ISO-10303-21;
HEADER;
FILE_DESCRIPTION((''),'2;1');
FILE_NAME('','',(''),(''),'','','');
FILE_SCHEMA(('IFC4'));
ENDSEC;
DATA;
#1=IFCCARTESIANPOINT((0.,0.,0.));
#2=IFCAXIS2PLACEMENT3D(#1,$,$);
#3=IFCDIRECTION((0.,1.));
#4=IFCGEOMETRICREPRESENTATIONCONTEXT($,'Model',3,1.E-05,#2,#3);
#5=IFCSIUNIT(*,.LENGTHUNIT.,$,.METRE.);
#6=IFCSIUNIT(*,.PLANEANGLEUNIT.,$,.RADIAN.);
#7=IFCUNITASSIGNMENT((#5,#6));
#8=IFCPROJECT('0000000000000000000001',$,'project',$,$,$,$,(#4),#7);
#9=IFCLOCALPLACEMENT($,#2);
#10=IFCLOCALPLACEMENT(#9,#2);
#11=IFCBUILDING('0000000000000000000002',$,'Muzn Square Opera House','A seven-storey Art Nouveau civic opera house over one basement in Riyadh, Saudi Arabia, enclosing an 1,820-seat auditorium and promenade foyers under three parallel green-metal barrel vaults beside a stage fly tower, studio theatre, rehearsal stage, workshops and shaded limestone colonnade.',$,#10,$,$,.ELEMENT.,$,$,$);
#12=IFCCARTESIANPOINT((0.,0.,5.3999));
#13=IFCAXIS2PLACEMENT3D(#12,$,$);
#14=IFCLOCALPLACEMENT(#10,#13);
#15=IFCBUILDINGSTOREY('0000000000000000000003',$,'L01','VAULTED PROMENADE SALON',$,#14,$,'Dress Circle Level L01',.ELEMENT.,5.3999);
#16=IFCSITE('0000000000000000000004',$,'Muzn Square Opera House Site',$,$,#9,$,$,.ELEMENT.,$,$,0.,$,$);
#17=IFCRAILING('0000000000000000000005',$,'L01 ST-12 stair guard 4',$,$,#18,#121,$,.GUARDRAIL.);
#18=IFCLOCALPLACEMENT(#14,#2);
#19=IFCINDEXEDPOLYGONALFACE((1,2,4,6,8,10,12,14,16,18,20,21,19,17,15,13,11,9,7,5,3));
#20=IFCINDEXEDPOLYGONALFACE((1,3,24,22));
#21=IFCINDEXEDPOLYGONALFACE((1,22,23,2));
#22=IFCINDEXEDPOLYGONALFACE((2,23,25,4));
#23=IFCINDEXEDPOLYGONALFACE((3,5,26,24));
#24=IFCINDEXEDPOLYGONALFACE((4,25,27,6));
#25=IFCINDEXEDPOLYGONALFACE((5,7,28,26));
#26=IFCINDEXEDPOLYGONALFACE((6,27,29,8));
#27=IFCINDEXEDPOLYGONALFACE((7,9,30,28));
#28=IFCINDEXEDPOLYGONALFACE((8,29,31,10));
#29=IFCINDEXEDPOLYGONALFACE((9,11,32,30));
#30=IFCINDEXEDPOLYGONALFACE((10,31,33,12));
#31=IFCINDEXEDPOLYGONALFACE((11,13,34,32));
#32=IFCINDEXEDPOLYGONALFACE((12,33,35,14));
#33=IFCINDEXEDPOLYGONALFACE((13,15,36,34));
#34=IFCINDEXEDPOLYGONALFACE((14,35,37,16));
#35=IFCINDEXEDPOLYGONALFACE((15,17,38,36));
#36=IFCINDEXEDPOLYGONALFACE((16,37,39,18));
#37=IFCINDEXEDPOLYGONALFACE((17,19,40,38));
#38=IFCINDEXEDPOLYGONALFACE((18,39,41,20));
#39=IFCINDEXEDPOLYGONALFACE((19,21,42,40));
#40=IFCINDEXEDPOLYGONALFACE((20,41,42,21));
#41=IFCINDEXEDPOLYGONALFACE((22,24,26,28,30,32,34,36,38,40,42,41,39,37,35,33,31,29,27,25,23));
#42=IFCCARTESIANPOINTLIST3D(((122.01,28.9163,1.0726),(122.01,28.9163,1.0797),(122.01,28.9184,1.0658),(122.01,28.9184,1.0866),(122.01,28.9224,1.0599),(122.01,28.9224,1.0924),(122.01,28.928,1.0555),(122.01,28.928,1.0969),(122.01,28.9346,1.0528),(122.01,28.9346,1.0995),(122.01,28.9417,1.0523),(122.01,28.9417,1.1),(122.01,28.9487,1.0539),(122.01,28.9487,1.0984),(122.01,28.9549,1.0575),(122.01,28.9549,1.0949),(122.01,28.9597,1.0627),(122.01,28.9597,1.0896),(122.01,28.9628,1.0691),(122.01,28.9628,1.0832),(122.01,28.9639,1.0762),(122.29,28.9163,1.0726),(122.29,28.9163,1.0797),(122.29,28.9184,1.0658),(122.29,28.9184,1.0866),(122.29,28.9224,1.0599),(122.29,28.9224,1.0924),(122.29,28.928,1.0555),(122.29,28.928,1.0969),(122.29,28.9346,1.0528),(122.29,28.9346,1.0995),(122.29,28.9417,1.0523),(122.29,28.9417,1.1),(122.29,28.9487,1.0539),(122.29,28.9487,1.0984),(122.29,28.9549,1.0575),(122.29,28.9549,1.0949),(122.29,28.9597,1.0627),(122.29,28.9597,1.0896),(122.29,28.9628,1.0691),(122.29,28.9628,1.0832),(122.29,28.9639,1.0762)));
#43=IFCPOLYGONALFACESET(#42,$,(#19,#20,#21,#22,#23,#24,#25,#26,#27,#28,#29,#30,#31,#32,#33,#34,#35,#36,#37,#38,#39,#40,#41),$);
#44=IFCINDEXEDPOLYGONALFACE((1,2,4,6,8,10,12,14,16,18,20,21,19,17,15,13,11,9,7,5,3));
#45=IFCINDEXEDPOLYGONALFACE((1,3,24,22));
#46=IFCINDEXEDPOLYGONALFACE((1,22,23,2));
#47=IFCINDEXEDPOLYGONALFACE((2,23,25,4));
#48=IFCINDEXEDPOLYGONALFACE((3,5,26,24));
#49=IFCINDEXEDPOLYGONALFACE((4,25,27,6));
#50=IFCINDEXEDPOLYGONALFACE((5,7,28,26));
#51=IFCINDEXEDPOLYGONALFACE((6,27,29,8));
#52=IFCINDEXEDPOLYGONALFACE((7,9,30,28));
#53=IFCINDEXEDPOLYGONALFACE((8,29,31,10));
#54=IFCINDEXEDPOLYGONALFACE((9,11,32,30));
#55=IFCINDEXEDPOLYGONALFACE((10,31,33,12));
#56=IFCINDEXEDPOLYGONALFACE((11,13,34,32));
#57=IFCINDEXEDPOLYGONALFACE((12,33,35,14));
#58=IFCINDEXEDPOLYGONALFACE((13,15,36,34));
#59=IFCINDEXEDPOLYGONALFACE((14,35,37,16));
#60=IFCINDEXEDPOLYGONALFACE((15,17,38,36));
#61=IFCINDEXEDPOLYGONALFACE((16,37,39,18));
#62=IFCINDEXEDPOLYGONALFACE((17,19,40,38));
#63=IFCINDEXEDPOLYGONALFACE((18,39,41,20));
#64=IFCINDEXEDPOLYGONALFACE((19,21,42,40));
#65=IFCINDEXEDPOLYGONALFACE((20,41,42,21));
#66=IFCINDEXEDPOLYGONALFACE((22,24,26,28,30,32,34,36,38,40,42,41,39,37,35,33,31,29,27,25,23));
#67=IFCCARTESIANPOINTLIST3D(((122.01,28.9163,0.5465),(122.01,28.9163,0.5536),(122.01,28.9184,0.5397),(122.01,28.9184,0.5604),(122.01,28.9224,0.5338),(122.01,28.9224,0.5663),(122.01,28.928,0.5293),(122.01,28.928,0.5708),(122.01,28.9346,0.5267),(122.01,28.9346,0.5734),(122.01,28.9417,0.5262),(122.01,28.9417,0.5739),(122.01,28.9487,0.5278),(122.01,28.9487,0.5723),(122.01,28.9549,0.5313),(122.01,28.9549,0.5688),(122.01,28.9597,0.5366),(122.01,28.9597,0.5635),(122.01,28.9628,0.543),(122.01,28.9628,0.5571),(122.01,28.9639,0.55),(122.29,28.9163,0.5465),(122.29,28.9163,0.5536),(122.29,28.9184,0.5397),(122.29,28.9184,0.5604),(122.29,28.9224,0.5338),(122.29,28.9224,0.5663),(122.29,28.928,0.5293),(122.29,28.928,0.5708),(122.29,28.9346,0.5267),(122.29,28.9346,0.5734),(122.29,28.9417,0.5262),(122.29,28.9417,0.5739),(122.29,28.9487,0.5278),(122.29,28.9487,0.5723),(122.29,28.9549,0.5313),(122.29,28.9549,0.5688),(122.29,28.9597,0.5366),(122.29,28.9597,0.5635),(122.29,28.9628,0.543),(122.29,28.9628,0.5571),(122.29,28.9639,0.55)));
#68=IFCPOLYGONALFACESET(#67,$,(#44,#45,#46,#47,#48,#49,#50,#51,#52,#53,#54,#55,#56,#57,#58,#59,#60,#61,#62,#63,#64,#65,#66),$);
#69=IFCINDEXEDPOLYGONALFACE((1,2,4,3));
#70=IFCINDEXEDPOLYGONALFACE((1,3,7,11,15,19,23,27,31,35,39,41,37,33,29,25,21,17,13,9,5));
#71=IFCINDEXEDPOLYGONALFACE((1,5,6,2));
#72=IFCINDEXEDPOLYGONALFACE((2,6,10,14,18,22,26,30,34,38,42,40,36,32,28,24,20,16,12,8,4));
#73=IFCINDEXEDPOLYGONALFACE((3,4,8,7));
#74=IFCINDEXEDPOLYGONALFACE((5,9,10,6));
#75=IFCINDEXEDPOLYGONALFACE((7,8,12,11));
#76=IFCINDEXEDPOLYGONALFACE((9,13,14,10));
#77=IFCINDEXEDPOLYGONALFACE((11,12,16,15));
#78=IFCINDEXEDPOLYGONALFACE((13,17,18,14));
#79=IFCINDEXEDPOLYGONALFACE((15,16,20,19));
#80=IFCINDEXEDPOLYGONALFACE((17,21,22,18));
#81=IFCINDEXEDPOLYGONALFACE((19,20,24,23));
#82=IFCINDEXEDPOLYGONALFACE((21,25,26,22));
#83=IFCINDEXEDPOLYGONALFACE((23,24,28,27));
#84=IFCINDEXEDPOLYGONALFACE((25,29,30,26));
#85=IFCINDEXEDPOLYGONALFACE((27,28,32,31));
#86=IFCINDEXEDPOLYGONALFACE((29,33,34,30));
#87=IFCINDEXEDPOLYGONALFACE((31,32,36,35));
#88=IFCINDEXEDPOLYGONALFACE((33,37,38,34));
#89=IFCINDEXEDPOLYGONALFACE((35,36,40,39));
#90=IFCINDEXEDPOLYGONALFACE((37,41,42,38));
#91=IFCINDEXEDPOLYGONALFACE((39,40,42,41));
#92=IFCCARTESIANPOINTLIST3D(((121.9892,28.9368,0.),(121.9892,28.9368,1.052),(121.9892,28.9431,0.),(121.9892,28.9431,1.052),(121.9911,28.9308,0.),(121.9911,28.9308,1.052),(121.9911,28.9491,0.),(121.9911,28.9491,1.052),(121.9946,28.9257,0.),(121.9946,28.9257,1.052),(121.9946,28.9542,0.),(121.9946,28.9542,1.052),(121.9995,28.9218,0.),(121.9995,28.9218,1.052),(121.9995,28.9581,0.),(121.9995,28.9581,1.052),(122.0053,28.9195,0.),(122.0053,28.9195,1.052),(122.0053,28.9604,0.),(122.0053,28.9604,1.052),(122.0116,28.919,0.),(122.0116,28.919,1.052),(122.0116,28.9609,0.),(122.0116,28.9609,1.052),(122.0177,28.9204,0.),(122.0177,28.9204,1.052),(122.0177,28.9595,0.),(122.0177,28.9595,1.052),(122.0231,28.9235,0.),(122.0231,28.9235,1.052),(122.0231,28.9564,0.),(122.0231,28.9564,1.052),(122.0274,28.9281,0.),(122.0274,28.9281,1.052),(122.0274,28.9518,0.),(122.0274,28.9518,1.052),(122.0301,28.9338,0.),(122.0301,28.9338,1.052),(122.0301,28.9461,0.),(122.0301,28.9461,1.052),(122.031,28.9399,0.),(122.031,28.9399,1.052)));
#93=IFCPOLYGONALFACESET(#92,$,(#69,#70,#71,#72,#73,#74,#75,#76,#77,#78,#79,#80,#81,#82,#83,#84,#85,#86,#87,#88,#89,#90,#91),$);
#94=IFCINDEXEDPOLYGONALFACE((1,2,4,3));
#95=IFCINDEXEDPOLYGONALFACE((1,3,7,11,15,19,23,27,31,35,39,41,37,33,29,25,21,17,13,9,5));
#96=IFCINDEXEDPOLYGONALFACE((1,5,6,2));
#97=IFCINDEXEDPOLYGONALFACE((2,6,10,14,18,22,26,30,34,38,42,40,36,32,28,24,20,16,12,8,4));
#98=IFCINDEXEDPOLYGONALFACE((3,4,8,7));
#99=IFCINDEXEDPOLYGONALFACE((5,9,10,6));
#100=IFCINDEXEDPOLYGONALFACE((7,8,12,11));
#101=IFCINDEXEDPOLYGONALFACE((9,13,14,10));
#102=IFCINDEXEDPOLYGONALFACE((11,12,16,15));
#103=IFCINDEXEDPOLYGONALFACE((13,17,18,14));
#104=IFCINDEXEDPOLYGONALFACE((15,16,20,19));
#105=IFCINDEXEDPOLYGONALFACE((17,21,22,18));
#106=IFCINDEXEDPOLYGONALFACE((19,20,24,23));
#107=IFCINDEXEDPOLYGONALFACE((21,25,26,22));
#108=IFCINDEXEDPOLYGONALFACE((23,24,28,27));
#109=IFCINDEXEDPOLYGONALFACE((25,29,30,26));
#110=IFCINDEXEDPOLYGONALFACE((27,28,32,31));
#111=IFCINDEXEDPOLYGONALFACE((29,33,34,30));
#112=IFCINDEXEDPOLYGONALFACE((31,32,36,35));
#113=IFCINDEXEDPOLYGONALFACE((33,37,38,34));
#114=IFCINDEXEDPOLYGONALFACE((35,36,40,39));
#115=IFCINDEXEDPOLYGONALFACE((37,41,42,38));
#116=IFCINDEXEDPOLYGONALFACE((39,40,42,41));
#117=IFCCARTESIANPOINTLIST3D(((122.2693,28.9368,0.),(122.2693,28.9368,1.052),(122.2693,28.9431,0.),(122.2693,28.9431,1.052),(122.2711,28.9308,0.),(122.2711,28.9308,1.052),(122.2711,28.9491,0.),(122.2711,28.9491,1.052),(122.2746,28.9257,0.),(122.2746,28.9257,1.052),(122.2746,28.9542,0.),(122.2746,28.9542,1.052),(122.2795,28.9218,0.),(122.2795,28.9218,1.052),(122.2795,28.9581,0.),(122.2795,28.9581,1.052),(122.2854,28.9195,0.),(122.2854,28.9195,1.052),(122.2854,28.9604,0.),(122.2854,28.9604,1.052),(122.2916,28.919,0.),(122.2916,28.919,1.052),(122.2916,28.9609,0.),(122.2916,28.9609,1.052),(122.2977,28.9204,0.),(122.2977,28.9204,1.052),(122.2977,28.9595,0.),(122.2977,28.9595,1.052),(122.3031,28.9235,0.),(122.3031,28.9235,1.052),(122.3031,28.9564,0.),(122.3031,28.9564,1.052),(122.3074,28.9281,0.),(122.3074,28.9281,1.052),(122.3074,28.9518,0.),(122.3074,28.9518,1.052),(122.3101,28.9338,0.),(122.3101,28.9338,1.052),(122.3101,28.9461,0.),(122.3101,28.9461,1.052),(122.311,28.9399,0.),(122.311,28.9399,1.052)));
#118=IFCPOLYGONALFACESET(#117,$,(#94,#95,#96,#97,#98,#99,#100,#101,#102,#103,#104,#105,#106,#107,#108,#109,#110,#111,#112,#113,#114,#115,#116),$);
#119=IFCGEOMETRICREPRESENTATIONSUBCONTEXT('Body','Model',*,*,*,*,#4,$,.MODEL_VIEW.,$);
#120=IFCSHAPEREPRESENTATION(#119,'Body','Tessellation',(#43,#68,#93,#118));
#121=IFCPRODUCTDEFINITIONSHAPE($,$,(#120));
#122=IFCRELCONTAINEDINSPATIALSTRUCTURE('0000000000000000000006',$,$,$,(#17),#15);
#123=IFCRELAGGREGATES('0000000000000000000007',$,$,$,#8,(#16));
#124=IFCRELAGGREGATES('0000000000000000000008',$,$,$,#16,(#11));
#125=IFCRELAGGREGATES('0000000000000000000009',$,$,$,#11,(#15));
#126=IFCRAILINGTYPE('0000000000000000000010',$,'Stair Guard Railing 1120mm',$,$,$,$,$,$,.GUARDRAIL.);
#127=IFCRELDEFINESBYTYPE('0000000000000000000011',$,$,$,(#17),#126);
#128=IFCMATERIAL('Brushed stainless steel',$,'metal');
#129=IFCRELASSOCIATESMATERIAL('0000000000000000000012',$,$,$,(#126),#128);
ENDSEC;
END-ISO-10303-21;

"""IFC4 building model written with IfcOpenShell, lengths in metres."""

from ifc_helpers import new_model, si_unit, direction, frame, origin, origin_2d, place, context, subcontext, project, spatial, circle, extrude, material, type_object, element, save


model = new_model("IFC4")

# Units and contexts
model_context = context("Model", 3, precision=1e-05, world=origin(), true_north=direction((0.0, 1.0)))
body_context = subcontext(model_context, "Body", "Model", "MODEL_VIEW")
ifc_project = project(units=[si_unit("LENGTHUNIT", "METRE"), si_unit("PLANEANGLEUNIT", "RADIAN")], contexts=[model_context])

# Site, building, storey
site_placement = place(None, origin())
site = spatial("IfcSite", under=ifc_project, at=site_placement, Name="Muzn Square Opera House Site", CompositionType="ELEMENT", RefElevation=0.0)
building_placement = place(site_placement, origin())
building = spatial("IfcBuilding", under=site, at=building_placement, Name="Muzn Square Opera House", Description="A seven-storey Art Nouveau civic opera house over one basement in Riyadh, Saudi Arabia, enclosing an 1,820-seat auditorium and promenade foyers under three parallel green-metal barrel vaults beside a stage fly tower, studio theatre, rehearsal stage, workshops and shaded limestone colonnade.", CompositionType="ELEMENT")
storey_placement = place(building_placement, frame((0.0, 0.0, 5.3999)))
storey = spatial("IfcBuildingStorey", under=building, at=storey_placement, Name="L01", Description="VAULTED PROMENADE SALON", LongName="Dress Circle Level L01", CompositionType="ELEMENT", Elevation=5.3999)

# Shared definitions
ifc_material_1 = material(Name="Brushed stainless steel", Category="metal")

# Railing
railing_type_1 = type_object("IfcRailingType", Name="Stair Guard Railing 1120mm", PredefinedType="GUARDRAIL", material=ifc_material_1)
railing_1_placement = place(storey_placement, frame((122.01, 28.9399, 0.0)))
element("IfcRailing", 1, at=railing_1_placement, inside=storey, type_object=railing_type_1, Name="L01 ST-12 stair guard 4", PredefinedType="GUARDRAIL", context=body_context, shape_type="SweptSolid", body=[
    extrude(circle(Radius=0.0239, at=origin_2d()), frame((0.0, 0.0, 1.0762), z_axis=(1.0, 0.0, 0.0), x_axis=(0.0, 1.0, 0.0)), (0.0, 0.0, 1.0), 0.28),
    extrude(circle(Radius=0.0239, at=origin_2d()), frame((0.0, 0.0, 0.55), z_axis=(1.0, 0.0, 0.0), x_axis=(0.0, 1.0, 0.0)), (0.0, 0.0, 1.0), 0.28),
    extrude(circle(Radius=0.021, at=origin_2d()), origin(), (0.0, 0.0, 1.0), 1.052),
    extrude(circle(Radius=0.021, at=origin_2d()), frame((0.28, 0.0, 0.0)), (0.0, 0.0, 1.0), 1.052),
])

save(model, "model.ifc")
